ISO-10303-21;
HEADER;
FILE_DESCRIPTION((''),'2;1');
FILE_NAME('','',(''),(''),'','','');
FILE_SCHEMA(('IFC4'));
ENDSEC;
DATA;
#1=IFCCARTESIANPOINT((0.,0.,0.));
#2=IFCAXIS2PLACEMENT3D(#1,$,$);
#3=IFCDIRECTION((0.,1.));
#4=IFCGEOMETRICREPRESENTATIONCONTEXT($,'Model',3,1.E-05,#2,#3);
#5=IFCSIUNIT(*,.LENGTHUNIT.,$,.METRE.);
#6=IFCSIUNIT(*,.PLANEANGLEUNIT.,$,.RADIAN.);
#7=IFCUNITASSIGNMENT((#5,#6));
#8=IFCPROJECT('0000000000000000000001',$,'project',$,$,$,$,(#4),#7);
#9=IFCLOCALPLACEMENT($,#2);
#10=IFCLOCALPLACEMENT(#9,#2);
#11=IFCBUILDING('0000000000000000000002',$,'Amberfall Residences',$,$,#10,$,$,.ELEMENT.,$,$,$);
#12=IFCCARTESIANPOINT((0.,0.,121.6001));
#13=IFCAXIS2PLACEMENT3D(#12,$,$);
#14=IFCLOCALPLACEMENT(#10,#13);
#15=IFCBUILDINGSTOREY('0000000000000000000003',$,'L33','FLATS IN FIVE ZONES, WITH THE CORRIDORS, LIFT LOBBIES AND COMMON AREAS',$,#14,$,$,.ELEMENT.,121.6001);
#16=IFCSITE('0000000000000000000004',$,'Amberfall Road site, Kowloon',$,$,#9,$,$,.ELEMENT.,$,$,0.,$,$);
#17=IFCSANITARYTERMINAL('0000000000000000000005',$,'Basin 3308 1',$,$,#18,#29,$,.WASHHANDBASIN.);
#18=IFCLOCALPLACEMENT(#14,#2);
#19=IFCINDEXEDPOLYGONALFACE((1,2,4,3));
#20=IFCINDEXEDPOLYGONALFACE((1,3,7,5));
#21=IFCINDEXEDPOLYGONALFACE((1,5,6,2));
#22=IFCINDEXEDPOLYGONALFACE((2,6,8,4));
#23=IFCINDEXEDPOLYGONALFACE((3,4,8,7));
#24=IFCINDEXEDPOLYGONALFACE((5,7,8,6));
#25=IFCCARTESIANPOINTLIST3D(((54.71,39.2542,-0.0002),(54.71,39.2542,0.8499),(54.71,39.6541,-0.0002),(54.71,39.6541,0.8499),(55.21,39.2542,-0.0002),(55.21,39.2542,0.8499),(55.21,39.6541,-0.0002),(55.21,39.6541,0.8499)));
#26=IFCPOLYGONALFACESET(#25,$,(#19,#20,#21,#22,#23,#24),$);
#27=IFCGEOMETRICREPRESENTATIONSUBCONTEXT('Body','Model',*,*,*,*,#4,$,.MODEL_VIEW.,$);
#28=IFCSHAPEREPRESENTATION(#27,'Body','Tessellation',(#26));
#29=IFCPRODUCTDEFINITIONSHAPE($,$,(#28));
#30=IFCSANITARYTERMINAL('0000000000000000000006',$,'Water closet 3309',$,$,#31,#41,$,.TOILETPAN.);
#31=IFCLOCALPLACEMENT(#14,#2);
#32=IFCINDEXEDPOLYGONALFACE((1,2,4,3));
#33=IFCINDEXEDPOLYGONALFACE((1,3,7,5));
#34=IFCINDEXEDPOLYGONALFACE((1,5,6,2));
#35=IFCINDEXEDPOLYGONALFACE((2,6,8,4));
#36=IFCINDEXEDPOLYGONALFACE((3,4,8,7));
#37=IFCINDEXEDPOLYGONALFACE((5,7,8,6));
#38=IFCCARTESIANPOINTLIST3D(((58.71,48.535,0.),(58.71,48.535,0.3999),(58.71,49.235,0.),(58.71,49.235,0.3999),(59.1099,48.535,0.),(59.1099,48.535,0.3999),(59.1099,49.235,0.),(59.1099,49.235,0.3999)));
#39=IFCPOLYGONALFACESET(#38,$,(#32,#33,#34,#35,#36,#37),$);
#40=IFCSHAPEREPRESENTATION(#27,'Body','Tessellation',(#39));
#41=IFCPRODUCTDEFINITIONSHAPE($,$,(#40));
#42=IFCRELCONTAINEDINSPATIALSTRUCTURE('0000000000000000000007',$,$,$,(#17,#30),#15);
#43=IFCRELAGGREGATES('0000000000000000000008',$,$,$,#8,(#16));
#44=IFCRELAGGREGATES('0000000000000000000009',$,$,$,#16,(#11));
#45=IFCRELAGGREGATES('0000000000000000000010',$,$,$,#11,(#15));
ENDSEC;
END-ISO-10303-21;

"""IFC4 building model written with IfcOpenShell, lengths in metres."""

from ifc_helpers import new_model, si_unit, direction, frame, origin, origin_2d, place, context, subcontext, project, spatial, rectangle, extrude, element, save


model = new_model("IFC4")

# Units and contexts
model_context = context("Model", 3, precision=1e-05, world=origin(), true_north=direction((0.0, 1.0)))
body_context = subcontext(model_context, "Body", "Model", "MODEL_VIEW")
ifc_project = project(units=[si_unit("LENGTHUNIT", "METRE"), si_unit("PLANEANGLEUNIT", "RADIAN")], contexts=[model_context])

# Site, building, storey
site_placement = place(None, origin())
site = spatial("IfcSite", under=ifc_project, at=site_placement, Name="Amberfall Road site, Kowloon", CompositionType="ELEMENT", RefElevation=0.0)
building_placement = place(site_placement, origin())
building = spatial("IfcBuilding", under=site, at=building_placement, Name="Amberfall Residences", CompositionType="ELEMENT")
storey_placement = place(building_placement, frame((0.0, 0.0, 121.6001)))
storey = spatial("IfcBuildingStorey", under=building, at=storey_placement, Name="L33", Description="FLATS IN FIVE ZONES, WITH THE CORRIDORS, LIFT LOBBIES AND COMMON AREAS", CompositionType="ELEMENT", Elevation=121.6001)

# Sanitary terminals
sanitary_terminal_1_placement = place(storey_placement, frame((54.96, 39.4541, -0.0002), z_axis=(0.0, 0.0, 1.0), x_axis=(1.0, 0.0, 0.0)))
element("IfcSanitaryTerminal", 1, at=sanitary_terminal_1_placement, inside=storey, Name="Basin 3308 1", PredefinedType="WASHHANDBASIN", context=body_context, shape_type="SweptSolid", body=[
    extrude(rectangle(XDim=0.5, YDim=0.3999, at=origin_2d()), origin(), (0.0, 0.0, 1.0), 0.8501),
])
sanitary_terminal_2_placement = place(storey_placement, frame((58.9099, 48.885, 0.0), z_axis=(0.0, 0.0, 1.0), x_axis=(1.0, 0.0, 0.0)))
element("IfcSanitaryTerminal", 2, at=sanitary_terminal_2_placement, inside=storey, Name="Water closet 3309", PredefinedType="TOILETPAN", context=body_context, shape_type="SweptSolid", body=[
    extrude(rectangle(XDim=0.3999, YDim=0.7, at=origin_2d()), origin(), (0.0, 0.0, 1.0), 0.3999),
])

save(model, "model.ifc")
